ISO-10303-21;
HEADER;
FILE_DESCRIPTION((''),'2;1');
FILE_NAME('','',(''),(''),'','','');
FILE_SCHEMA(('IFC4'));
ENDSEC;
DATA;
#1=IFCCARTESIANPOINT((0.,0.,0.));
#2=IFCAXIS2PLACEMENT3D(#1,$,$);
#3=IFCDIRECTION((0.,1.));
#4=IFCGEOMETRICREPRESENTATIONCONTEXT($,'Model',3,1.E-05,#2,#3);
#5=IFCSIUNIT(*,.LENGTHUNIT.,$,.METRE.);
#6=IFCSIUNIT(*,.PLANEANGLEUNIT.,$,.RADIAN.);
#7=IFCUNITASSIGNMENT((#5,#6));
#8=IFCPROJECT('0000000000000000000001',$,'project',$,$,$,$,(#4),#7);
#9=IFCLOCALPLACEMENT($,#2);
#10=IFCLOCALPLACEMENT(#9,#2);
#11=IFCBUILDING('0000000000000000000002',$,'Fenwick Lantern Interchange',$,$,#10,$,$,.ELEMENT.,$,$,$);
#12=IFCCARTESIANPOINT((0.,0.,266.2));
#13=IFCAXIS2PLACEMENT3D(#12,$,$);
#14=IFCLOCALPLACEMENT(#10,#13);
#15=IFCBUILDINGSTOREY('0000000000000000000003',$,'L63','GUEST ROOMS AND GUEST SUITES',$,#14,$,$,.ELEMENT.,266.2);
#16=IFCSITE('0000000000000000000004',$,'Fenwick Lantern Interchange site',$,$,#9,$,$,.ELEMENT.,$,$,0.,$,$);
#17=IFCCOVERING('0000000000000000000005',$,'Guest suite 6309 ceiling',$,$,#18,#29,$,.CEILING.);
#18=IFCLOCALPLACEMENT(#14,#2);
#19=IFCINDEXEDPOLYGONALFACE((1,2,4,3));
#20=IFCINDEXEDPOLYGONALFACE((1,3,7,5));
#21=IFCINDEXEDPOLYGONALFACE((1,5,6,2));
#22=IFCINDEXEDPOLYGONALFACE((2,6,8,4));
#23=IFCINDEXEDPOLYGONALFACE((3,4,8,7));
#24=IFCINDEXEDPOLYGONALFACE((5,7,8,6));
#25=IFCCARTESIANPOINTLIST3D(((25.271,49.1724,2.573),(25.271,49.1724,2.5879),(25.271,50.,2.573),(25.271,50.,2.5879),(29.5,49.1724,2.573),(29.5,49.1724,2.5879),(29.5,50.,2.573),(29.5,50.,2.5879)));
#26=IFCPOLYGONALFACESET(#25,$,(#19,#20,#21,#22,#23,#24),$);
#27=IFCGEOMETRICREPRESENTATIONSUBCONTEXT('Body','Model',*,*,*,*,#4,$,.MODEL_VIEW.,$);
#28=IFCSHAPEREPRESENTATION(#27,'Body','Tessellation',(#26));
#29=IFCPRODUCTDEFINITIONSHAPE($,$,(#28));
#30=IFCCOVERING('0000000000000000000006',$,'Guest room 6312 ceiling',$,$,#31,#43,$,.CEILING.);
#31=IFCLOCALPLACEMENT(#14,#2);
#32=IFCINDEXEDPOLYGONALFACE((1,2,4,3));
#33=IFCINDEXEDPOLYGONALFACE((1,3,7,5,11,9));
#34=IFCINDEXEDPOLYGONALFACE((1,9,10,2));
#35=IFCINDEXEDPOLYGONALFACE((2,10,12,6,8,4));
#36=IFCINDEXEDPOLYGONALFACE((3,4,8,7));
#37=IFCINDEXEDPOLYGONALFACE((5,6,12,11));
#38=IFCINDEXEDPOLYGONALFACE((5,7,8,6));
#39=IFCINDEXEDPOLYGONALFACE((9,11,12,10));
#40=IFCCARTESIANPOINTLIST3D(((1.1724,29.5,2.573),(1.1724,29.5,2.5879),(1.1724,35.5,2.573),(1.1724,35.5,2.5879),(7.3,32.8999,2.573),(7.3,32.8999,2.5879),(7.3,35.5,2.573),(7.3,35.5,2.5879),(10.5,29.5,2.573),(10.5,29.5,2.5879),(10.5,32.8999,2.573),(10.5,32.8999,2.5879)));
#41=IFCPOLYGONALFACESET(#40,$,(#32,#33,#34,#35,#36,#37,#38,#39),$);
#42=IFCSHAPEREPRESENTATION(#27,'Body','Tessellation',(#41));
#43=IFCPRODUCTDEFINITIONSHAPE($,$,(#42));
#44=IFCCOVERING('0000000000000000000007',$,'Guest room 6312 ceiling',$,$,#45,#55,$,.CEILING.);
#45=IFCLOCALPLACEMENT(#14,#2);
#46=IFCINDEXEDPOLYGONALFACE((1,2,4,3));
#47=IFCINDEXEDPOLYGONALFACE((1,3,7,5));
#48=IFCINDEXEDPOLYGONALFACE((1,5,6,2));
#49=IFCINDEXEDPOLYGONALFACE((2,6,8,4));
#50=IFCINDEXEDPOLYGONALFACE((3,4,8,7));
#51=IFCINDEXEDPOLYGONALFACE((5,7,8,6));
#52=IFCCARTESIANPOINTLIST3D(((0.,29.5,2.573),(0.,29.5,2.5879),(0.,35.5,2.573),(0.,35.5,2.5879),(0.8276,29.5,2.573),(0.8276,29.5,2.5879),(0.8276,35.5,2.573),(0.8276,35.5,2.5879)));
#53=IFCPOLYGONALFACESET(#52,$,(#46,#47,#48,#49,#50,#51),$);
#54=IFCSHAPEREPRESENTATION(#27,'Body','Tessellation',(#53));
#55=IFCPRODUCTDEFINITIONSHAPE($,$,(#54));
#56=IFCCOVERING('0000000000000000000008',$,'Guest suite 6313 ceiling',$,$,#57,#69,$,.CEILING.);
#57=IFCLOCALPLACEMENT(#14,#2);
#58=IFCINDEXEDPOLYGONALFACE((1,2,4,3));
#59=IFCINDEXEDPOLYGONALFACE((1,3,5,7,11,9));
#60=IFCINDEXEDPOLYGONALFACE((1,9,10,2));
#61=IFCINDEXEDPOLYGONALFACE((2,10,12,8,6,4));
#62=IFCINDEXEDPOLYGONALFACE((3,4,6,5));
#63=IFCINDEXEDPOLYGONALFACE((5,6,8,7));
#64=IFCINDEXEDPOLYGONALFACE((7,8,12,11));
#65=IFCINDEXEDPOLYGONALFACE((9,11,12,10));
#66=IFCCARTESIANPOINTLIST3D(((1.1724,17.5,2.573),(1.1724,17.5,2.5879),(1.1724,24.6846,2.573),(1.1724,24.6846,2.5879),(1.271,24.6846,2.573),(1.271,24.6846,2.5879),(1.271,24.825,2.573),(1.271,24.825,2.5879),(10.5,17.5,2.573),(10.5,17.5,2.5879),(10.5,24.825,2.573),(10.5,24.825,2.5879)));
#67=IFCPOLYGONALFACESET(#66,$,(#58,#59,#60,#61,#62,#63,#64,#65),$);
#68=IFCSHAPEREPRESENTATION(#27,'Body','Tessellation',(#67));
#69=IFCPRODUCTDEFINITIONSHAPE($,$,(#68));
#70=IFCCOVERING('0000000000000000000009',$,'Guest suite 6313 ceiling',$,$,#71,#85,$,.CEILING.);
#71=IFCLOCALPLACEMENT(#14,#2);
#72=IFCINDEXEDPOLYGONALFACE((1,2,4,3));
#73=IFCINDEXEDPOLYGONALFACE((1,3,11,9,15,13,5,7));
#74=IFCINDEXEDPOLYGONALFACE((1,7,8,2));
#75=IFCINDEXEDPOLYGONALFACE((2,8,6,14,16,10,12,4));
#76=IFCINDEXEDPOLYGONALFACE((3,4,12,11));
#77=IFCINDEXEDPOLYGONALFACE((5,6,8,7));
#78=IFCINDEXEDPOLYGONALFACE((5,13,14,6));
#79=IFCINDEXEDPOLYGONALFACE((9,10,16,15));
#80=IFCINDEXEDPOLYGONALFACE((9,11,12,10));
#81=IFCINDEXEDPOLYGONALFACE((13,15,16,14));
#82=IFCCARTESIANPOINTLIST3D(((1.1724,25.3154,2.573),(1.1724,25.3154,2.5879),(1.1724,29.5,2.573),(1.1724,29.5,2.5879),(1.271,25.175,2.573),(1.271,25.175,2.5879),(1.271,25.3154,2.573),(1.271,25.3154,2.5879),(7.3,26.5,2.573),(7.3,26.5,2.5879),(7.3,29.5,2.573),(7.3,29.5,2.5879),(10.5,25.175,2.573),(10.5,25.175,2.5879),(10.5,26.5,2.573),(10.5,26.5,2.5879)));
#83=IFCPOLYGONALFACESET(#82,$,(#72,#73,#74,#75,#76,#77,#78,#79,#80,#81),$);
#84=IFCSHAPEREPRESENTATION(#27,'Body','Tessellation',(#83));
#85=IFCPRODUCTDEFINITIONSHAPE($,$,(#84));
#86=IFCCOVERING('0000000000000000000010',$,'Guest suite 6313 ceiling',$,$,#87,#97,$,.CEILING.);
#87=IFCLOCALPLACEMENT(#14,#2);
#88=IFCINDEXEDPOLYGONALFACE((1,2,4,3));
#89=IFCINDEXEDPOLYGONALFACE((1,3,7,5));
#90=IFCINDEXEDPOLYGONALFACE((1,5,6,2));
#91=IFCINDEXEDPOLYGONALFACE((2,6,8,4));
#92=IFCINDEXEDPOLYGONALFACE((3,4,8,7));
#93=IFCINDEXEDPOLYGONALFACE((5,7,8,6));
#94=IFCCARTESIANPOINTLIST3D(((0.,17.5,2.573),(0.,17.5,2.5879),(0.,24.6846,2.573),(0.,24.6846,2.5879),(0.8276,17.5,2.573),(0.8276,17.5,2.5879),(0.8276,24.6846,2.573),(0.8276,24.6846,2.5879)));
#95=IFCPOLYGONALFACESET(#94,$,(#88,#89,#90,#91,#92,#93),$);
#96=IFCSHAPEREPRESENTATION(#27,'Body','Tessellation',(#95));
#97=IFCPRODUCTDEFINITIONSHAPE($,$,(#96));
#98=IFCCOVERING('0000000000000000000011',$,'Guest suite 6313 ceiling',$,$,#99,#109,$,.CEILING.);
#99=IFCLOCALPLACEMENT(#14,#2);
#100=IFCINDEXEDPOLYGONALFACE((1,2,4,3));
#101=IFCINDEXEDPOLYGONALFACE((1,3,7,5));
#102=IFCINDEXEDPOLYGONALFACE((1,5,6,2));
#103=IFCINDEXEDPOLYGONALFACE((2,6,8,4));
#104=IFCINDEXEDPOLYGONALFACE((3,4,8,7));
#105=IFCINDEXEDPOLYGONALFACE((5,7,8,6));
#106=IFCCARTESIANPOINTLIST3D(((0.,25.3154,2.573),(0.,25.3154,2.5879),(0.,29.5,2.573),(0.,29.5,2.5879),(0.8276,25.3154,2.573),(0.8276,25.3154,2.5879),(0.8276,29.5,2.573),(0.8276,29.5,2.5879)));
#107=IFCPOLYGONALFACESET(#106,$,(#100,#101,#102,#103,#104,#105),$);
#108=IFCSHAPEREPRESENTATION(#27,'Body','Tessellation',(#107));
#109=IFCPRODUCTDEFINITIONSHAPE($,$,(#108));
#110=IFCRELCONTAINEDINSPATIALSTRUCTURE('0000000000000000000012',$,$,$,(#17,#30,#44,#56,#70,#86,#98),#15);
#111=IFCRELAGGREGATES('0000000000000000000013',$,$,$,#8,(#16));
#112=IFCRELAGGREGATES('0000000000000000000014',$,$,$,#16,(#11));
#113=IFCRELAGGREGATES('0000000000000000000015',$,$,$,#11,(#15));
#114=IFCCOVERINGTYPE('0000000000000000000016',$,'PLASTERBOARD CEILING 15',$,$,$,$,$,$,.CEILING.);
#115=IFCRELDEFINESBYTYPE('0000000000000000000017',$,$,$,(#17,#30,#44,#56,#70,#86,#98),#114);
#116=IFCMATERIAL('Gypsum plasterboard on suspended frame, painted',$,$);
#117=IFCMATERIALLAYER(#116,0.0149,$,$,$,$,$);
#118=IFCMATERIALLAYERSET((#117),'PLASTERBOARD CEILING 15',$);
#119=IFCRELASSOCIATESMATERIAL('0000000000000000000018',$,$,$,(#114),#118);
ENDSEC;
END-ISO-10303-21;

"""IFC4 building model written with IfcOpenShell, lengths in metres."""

from ifc_helpers import new_model, si_unit, direction, frame, origin, place, context, subcontext, project, spatial, polyline, outline, extrude, material, layer, layer_set, type_object, element, save


model = new_model("IFC4")

# Units and contexts
model_context = context("Model", 3, precision=1e-05, world=origin(), true_north=direction((0.0, 1.0)))
body_context = subcontext(model_context, "Body", "Model", "MODEL_VIEW")
ifc_project = project(units=[si_unit("LENGTHUNIT", "METRE"), si_unit("PLANEANGLEUNIT", "RADIAN")], contexts=[model_context])

# Site, building, storey
site_placement = place(None, origin())
site = spatial("IfcSite", under=ifc_project, at=site_placement, Name="Fenwick Lantern Interchange site", CompositionType="ELEMENT", RefElevation=0.0)
building_placement = place(site_placement, origin())
building = spatial("IfcBuilding", under=site, at=building_placement, Name="Fenwick Lantern Interchange", CompositionType="ELEMENT")
storey_placement = place(building_placement, frame((0.0, 0.0, 266.2)))
storey = spatial("IfcBuildingStorey", under=building, at=storey_placement, Name="L63", Description="GUEST ROOMS AND GUEST SUITES", CompositionType="ELEMENT", Elevation=266.2)

# Coverings
ifc_material_1 = material(Name="Gypsum plasterboard on suspended frame, painted")
ifc_layer_1 = layer(ifc_material_1, 0.0149)
ifc_layer_set_1 = layer_set([ifc_layer_1], Name="PLASTERBOARD CEILING 15")
covering_type_1 = type_object("IfcCoveringType", Name="PLASTERBOARD CEILING 15", PredefinedType="CEILING", material=ifc_layer_set_1)
covering_1_placement = place(storey_placement, frame((0.0, 0.0, 2.573)))
element("IfcCovering", 1, at=covering_1_placement, inside=storey, type_object=covering_type_1, Name="Guest suite 6309 ceiling", PredefinedType="CEILING", context=body_context, shape_type="SweptSolid", body=[
    extrude(outline(polyline([(25.271, 50.0), (25.271, 49.1724), (29.5, 49.1724), (29.5, 50.0), (25.271, 50.0)])), origin(), (0.0, 0.0, 1.0), 0.0149),
])
covering_2_placement = place(storey_placement, frame((0.0, 0.0, 2.573)))
element("IfcCovering", 2, at=covering_2_placement, inside=storey, type_object=covering_type_1, Name="Guest room 6312 ceiling", PredefinedType="CEILING", context=body_context, shape_type="SweptSolid", body=[
    extrude(outline(polyline([(1.1724, 29.5), (10.5, 29.5), (10.5, 32.8999), (7.3, 32.8999), (7.3, 35.5), (1.1724, 35.5), (1.1724, 29.5)])), origin(), (0.0, 0.0, 1.0), 0.0149),
])
covering_3_placement = place(storey_placement, frame((0.0, 0.0, 2.573)))
element("IfcCovering", 3, at=covering_3_placement, inside=storey, type_object=covering_type_1, Name="Guest room 6312 ceiling", PredefinedType="CEILING", context=body_context, shape_type="SweptSolid", body=[
    extrude(outline(polyline([(0.0, 29.5), (0.8276, 29.5), (0.8276, 35.5), (0.0, 35.5), (0.0, 29.5)])), origin(), (0.0, 0.0, 1.0), 0.0149),
])
covering_4_placement = place(storey_placement, frame((0.0, 0.0, 2.573)))
element("IfcCovering", 4, at=covering_4_placement, inside=storey, type_object=covering_type_1, Name="Guest suite 6313 ceiling", PredefinedType="CEILING", context=body_context, shape_type="SweptSolid", body=[
    extrude(outline(polyline([(1.271, 24.6846), (1.1724, 24.6846), (1.1724, 17.5), (10.5, 17.5), (10.5, 24.825), (1.271, 24.825), (1.271, 24.6846)])), origin(), (0.0, 0.0, 1.0), 0.0149),
])
covering_5_placement = place(storey_placement, frame((0.0, 0.0, 2.573)))
element("IfcCovering", 5, at=covering_5_placement, inside=storey, type_object=covering_type_1, Name="Guest suite 6313 ceiling", PredefinedType="CEILING", context=body_context, shape_type="SweptSolid", body=[
    extrude(outline(polyline([(1.271, 25.3154), (1.271, 25.175), (10.5, 25.175), (10.5, 26.5), (7.3, 26.5), (7.3, 29.5), (1.1724, 29.5), (1.1724, 25.3154), (1.271, 25.3154)])), origin(), (0.0, 0.0, 1.0), 0.0149),
])
covering_6_placement = place(storey_placement, frame((0.0, 0.0, 2.573)))
element("IfcCovering", 6, at=covering_6_placement, inside=storey, type_object=covering_type_1, Name="Guest suite 6313 ceiling", PredefinedType="CEILING", context=body_context, shape_type="SweptSolid", body=[
    extrude(outline(polyline([(0.0, 24.6846), (0.0, 17.5), (0.8276, 17.5), (0.8276, 24.6846), (0.0, 24.6846)])), origin(), (0.0, 0.0, 1.0), 0.0149),
])
covering_7_placement = place(storey_placement, frame((0.0, 0.0, 2.573)))
element("IfcCovering", 7, at=covering_7_placement, inside=storey, type_object=covering_type_1, Name="Guest suite 6313 ceiling", PredefinedType="CEILING", context=body_context, shape_type="SweptSolid", body=[
    extrude(outline(polyline([(0.0, 25.3154), (0.8276, 25.3154), (0.8276, 29.5), (0.0, 29.5), (0.0, 25.3154)])), origin(), (0.0, 0.0, 1.0), 0.0149),
])

save(model, "model.ifc")
